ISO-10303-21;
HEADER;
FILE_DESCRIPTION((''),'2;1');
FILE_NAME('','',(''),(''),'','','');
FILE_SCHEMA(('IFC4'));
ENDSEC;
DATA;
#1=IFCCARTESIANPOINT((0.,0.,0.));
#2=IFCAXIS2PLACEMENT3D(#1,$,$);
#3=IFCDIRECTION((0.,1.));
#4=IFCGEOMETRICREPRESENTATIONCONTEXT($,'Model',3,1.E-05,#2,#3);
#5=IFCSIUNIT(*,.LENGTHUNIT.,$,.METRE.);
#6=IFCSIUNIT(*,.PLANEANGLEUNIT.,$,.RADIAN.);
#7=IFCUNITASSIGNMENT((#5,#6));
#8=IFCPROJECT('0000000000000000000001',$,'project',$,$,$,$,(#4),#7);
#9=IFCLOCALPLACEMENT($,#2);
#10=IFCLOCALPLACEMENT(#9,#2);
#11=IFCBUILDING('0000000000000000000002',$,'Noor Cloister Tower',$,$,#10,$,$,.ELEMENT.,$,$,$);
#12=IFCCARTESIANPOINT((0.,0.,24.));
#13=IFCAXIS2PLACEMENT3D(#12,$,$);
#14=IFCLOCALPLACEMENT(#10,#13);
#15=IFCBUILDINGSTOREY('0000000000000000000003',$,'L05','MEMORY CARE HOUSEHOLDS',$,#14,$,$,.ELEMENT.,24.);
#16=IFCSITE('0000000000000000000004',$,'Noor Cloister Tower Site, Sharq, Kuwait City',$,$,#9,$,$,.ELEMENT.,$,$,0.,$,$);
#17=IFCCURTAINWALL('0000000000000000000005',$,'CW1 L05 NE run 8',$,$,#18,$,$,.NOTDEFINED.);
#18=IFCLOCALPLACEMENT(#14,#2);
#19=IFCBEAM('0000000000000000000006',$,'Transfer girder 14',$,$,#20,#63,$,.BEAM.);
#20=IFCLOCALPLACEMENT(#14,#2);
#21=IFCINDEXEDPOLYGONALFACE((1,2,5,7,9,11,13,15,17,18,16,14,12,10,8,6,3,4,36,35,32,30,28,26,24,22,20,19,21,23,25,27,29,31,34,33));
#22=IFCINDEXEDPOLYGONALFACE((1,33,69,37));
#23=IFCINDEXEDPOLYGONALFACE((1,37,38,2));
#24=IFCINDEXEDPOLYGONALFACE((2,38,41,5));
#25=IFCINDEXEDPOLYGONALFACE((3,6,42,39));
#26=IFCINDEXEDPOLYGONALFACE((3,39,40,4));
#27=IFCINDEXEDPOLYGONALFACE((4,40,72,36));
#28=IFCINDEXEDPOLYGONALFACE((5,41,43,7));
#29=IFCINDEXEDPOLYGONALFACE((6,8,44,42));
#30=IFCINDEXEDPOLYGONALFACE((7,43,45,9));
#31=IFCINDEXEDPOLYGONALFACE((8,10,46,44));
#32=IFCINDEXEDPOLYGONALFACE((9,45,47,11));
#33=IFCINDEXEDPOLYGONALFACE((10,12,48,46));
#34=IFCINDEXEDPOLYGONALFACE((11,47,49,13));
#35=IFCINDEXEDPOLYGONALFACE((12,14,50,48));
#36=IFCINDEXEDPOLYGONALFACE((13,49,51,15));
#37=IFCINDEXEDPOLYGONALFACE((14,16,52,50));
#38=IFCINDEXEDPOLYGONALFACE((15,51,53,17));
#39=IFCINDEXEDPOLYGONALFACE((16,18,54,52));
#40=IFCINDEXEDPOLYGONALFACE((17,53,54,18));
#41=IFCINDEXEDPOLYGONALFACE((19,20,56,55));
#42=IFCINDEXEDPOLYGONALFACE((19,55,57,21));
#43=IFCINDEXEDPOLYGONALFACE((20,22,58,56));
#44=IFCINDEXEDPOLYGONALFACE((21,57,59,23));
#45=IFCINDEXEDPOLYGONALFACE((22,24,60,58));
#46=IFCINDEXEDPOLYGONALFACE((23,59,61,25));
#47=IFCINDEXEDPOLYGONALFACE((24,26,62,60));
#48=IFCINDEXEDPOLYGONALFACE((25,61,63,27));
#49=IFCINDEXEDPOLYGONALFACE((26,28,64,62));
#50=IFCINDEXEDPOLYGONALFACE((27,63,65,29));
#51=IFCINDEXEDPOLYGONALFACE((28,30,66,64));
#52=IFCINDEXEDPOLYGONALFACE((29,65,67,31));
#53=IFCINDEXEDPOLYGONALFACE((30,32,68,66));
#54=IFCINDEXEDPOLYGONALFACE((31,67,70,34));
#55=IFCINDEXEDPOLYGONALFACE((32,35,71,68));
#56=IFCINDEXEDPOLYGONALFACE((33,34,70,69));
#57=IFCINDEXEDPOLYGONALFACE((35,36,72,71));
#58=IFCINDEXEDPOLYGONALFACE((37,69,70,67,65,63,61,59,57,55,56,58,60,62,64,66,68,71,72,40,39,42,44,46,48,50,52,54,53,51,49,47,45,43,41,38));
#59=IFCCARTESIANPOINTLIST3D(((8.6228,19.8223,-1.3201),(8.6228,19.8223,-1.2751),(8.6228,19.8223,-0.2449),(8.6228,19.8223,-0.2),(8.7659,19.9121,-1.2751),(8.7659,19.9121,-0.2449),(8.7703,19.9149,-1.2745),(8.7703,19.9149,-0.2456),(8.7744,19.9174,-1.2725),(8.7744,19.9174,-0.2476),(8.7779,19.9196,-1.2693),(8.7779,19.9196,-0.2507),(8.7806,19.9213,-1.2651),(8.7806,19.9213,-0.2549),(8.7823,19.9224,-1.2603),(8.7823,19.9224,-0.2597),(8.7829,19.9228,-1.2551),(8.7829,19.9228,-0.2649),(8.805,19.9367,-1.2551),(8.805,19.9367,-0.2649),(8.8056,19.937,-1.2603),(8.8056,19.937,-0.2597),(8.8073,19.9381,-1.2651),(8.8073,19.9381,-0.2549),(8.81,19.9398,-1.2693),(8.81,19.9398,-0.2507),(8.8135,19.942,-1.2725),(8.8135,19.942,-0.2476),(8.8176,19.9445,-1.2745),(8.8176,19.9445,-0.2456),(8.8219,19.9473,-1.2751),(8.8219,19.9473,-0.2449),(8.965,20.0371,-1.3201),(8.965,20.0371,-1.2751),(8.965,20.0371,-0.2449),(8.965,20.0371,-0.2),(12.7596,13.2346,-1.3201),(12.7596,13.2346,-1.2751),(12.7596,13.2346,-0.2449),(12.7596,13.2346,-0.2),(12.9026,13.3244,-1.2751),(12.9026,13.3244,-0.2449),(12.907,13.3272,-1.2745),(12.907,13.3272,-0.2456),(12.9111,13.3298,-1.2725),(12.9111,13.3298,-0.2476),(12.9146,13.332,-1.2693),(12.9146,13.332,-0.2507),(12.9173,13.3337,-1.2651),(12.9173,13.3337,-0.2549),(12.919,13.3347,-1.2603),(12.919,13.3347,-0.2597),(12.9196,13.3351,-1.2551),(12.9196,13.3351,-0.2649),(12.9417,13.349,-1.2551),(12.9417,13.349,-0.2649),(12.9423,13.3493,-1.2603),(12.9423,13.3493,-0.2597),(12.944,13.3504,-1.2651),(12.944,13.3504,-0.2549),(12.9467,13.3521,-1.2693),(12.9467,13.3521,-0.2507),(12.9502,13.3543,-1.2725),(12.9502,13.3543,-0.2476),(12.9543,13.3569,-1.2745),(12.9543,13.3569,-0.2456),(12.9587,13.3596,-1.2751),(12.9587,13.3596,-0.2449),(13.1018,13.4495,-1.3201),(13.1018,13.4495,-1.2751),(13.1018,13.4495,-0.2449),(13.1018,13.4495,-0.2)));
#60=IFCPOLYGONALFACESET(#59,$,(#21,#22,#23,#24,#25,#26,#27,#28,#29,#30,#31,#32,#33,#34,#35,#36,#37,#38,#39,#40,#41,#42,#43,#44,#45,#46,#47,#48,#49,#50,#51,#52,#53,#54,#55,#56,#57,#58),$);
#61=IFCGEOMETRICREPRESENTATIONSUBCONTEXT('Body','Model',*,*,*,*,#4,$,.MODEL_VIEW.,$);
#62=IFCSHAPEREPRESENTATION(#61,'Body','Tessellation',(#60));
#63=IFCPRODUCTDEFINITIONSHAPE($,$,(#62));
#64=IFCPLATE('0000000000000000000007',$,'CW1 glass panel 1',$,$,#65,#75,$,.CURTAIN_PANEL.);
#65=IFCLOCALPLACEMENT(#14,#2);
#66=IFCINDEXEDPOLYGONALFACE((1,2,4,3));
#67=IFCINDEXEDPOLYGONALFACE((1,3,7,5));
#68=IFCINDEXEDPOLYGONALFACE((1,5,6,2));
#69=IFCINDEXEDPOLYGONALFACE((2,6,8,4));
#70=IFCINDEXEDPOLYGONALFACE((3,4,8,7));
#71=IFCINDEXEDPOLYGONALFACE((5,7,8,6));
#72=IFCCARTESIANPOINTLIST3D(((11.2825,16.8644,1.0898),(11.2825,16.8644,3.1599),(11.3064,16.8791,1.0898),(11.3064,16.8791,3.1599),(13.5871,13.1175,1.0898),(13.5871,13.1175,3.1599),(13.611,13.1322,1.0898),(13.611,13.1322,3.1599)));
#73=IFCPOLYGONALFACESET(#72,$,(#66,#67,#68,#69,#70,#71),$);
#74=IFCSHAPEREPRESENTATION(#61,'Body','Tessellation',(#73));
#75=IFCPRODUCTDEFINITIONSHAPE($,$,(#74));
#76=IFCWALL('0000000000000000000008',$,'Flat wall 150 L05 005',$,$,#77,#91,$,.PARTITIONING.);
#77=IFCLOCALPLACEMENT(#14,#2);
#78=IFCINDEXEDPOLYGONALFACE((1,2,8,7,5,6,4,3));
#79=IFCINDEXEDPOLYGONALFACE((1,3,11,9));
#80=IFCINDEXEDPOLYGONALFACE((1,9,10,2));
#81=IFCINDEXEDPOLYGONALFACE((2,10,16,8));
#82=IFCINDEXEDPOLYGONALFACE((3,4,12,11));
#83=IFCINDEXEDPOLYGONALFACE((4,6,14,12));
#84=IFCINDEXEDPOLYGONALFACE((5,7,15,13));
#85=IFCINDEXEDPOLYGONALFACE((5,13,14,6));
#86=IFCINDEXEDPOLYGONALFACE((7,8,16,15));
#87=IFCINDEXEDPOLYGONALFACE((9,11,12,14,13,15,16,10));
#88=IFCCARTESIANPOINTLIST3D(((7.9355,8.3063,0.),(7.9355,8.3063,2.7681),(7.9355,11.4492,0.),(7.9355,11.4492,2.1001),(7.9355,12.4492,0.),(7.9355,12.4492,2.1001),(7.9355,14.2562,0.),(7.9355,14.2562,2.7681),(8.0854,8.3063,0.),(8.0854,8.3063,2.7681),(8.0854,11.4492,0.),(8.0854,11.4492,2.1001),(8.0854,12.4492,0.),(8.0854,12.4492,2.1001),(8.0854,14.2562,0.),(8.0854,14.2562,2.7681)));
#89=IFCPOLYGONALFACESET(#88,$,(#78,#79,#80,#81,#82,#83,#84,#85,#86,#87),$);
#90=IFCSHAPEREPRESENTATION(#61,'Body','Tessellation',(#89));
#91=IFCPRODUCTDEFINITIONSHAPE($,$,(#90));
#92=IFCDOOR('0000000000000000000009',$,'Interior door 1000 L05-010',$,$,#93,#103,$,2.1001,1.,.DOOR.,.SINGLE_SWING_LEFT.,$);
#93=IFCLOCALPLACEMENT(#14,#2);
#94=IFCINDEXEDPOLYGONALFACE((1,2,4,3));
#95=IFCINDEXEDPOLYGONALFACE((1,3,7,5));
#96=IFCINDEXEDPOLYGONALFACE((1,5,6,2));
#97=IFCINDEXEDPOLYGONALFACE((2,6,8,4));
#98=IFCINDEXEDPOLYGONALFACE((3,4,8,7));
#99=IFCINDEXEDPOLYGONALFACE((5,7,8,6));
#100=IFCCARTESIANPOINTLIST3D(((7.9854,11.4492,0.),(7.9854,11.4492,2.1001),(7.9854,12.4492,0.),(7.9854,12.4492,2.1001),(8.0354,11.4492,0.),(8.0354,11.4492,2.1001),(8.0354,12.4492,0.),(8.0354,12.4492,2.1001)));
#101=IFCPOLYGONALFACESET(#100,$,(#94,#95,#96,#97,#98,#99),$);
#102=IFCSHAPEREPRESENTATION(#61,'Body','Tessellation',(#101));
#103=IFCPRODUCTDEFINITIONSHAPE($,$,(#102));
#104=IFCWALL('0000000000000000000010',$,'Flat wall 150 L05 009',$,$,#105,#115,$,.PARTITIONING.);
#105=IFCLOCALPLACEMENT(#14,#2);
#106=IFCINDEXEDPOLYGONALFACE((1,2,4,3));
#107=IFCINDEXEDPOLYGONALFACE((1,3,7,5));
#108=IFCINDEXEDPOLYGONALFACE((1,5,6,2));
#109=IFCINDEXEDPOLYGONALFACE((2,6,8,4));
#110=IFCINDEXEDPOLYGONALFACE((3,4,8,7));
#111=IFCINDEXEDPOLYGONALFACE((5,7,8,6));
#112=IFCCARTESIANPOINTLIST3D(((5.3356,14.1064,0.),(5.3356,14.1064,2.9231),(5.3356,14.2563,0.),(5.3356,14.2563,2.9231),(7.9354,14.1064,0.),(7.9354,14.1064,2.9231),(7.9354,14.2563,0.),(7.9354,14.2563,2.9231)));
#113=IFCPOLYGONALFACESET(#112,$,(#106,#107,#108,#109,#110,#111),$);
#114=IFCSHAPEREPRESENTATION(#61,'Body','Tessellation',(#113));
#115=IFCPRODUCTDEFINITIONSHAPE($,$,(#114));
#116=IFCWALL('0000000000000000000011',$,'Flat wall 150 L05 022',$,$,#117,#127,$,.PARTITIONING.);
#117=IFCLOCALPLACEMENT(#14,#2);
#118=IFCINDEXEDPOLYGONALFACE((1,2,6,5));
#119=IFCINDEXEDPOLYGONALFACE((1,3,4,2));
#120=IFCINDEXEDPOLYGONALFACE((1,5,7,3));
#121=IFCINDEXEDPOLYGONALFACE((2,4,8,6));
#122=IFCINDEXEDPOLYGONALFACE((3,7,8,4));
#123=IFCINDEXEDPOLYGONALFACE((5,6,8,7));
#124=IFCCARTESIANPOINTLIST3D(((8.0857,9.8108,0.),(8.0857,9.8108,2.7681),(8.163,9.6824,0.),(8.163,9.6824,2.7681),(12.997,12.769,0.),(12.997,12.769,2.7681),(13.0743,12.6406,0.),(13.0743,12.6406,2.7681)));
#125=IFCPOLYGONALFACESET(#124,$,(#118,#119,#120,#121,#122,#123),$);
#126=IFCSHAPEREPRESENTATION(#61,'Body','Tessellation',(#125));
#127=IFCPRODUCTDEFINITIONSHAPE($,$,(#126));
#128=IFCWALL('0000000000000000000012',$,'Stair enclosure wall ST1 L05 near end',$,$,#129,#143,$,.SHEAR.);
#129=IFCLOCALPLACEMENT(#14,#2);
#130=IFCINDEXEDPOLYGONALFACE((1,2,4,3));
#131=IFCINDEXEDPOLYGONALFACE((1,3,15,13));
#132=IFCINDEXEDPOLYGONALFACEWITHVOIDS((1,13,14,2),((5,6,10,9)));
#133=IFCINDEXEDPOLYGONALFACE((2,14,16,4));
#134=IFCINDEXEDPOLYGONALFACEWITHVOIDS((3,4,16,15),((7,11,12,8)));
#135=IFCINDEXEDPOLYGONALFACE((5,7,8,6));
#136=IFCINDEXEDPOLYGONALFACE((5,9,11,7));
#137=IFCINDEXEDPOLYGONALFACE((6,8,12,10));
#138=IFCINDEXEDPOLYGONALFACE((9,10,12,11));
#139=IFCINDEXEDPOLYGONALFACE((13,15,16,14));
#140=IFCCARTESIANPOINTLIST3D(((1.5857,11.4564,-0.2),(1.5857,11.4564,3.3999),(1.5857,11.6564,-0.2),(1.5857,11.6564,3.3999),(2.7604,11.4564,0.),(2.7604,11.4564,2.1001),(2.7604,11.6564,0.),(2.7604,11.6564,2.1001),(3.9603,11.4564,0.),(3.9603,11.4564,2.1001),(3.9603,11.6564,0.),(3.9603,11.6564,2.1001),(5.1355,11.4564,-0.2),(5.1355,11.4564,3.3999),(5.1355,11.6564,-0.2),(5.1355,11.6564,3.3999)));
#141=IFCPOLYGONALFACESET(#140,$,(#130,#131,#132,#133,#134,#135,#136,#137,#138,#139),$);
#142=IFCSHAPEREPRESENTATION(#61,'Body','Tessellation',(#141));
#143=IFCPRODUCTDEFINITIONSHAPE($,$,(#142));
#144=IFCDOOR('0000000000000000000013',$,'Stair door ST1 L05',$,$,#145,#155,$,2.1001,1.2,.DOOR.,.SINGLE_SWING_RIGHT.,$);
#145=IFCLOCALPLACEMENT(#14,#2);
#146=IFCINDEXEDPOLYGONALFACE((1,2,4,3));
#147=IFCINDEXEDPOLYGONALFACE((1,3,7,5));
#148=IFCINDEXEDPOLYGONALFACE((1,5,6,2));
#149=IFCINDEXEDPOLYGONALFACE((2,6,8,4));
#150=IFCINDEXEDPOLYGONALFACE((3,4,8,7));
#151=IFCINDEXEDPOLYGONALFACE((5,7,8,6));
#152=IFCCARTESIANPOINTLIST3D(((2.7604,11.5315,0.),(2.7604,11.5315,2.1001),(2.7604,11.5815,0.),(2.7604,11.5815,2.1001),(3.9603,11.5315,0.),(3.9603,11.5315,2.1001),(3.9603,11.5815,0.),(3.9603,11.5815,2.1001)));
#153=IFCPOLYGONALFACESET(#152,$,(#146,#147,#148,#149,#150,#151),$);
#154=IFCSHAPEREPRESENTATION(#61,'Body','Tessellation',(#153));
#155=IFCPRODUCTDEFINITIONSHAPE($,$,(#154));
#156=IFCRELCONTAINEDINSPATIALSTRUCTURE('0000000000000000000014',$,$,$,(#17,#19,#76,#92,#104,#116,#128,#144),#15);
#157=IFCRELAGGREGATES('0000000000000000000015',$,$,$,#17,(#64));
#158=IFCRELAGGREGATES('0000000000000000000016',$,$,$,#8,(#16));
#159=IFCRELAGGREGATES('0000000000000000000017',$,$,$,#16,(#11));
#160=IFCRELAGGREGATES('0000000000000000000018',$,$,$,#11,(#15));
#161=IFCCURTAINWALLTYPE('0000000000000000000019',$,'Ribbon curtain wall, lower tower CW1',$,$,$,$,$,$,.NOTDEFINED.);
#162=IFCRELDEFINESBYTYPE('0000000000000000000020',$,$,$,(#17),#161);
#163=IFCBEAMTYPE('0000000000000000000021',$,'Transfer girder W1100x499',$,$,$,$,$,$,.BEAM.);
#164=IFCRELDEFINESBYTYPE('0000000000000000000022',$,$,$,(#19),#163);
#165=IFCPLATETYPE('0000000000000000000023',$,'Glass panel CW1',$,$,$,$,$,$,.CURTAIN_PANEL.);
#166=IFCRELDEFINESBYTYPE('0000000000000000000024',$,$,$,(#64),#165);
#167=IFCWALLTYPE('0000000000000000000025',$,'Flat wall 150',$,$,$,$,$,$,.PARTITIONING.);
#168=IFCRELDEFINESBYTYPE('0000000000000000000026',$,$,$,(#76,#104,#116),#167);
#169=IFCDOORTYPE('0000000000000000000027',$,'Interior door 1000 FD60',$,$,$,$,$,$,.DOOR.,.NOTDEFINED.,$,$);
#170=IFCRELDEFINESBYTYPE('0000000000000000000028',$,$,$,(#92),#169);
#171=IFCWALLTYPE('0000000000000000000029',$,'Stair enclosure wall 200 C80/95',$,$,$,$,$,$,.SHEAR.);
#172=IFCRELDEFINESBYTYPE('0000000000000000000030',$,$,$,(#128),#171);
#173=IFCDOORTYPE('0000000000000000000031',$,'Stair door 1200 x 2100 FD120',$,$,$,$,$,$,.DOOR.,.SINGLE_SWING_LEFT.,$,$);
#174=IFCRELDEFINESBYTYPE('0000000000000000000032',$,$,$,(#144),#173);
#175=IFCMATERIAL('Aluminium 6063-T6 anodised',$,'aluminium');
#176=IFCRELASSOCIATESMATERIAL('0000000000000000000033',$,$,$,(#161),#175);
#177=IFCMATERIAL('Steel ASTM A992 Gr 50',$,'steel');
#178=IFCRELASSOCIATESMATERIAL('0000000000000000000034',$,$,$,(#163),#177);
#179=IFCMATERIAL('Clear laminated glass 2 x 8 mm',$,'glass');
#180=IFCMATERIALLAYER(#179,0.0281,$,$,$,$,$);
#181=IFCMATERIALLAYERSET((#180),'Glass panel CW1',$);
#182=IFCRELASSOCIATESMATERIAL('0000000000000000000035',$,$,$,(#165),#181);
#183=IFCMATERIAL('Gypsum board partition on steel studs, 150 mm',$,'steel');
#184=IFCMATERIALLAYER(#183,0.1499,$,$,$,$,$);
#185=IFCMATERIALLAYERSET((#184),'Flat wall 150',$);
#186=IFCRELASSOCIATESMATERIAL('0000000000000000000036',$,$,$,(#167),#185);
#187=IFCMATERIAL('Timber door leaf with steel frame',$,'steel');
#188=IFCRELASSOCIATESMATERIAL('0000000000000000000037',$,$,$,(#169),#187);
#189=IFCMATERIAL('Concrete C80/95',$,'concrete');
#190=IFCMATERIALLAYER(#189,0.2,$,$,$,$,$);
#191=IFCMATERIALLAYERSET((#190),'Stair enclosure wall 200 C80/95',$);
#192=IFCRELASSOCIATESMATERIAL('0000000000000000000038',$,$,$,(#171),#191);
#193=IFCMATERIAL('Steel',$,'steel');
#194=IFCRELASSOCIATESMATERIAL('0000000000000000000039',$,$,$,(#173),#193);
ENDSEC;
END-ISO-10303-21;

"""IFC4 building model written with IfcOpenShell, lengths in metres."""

from ifc_helpers import new_model, si_unit, direction, frame, frame_2d, origin, origin_2d, place, context, subcontext, project, spatial, rectangle, i_section, extrude, material, layer, layer_set, material_profile, profile_set, type_object, element, fill, aggregate, save


model = new_model("IFC4")

# Units and contexts
model_context = context("Model", 3, precision=1e-05, world=origin(), true_north=direction((0.0, 1.0)))
body_context = subcontext(model_context, "Body", "Model", "MODEL_VIEW")
ifc_project = project(units=[si_unit("LENGTHUNIT", "METRE"), si_unit("PLANEANGLEUNIT", "RADIAN")], contexts=[model_context])

# Site, building, storey
site_placement = place(None, origin())
site = spatial("IfcSite", under=ifc_project, at=site_placement, Name="Noor Cloister Tower Site, Sharq, Kuwait City", CompositionType="ELEMENT", RefElevation=0.0)
building_placement = place(site_placement, origin())
building = spatial("IfcBuilding", under=site, at=building_placement, Name="Noor Cloister Tower", CompositionType="ELEMENT")
storey_placement = place(building_placement, frame((0.0, 0.0, 24.0)))
storey = spatial("IfcBuildingStorey", under=building, at=storey_placement, Name="L05", Description="MEMORY CARE HOUSEHOLDS", CompositionType="ELEMENT", Elevation=24.0)

# Curtain wall
ifc_material_1 = material(Name="Aluminium 6063-T6 anodised", Category="aluminium")
curtain_wall_type = type_object("IfcCurtainWallType", Name="Ribbon curtain wall, lower tower CW1", PredefinedType="NOTDEFINED", material=ifc_material_1)
curtain_wall_placement = place(storey_placement, origin())
curtain_wall = element("IfcCurtainWall", 1, at=curtain_wall_placement, inside=storey, type_object=curtain_wall_type, Name="CW1 L05 NE run 8", PredefinedType="NOTDEFINED")

# Beam
ifc_material_2 = material(Name="Steel ASTM A992 Gr 50", Category="steel")
ifc_material_profile_1 = material_profile(ifc_material_2, i_section(OverallWidth=0.4041, OverallDepth=1.1201, WebThickness=0.0261, FlangeThickness=0.0449, FilletRadius=0.02, at=origin_2d()), Name="W1100x499")
ifc_profile_set_1 = profile_set([ifc_material_profile_1], Name="Steel ASTM A992 Gr 50")
beam_type_1 = type_object("IfcBeamType", Name="Transfer girder W1100x499", PredefinedType="BEAM", material=ifc_profile_set_1)
beam_1_placement = place(storey_placement, frame((12.9307, 13.342, -0.76), z_axis=(-0.531795, 0.846873, 0.0), x_axis=(-0.846873, -0.531795, 0.0)))
element("IfcBeam", 2, at=beam_1_placement, inside=storey, type_object=beam_type_1, Name="Transfer girder 14", PredefinedType="BEAM", context=body_context, shape_type="SweptSolid", body=[
    extrude(i_section(OverallWidth=0.4041, OverallDepth=1.1201, WebThickness=0.0261, FlangeThickness=0.0449, FilletRadius=0.02, at=origin_2d()), origin(), (0.0, 0.0, 1.0), 7.7788),
])

# Plate
ifc_material_3 = material(Name="Clear laminated glass 2 x 8 mm", Category="glass")
ifc_layer_1 = layer(ifc_material_3, 0.0281)
ifc_layer_set_1 = layer_set([ifc_layer_1], Name="Glass panel CW1")
plate_type = type_object("IfcPlateType", Name="Glass panel CW1", PredefinedType="CURTAIN_PANEL", material=ifc_layer_set_1)
plate_placement = place(storey_placement, frame((12.4468, 14.9983, 1.0898), z_axis=(0.0, 0.0, 1.0), x_axis=(-0.523905, 0.851776, 0.0)))
plate = element("IfcPlate", 3, at=plate_placement, type_object=plate_type, Name="CW1 glass panel 1", PredefinedType="CURTAIN_PANEL", context=body_context, shape_type="SweptSolid", body=[
    extrude(rectangle(XDim=4.3989, YDim=0.0281, at=origin_2d()), origin(), (0.0, 0.0, 1.0), 2.0701),
])
aggregate(curtain_wall, [plate])

# Wall, opening, door
ifc_material_4 = material(Name="Gypsum board partition on steel studs, 150 mm", Category="steel")
ifc_layer_2 = layer(ifc_material_4, 0.1499)
ifc_layer_set_2 = layer_set([ifc_layer_2], Name="Flat wall 150")
wall_type_1 = type_object("IfcWallType", Name="Flat wall 150", PredefinedType="PARTITIONING", material=ifc_layer_set_2)
wall_1_placement = place(storey_placement, frame((8.0105, 14.2563, 0.0), z_axis=(0.0, 0.0, 1.0), x_axis=(0.0, -1.0, 0.0)))
wall_1 = element("IfcWall", 4, at=wall_1_placement, inside=storey, type_object=wall_type_1, Name="Flat wall 150 L05 005", PredefinedType="PARTITIONING", context=body_context, shape_type="SweptSolid", body=[
    extrude(rectangle(XDim=5.95, YDim=0.1499, at=frame_2d((2.9751, 0.0))), origin(), (0.0, 0.0, 1.0), 2.7681),
])
opening_1_placement = place(wall_1_placement, frame((1.8071, 0.0, 0.0)))
opening_1 = element("IfcOpeningElement", 5, at=opening_1_placement, cuts=wall_1, PredefinedType="OPENING", context=body_context, shape_type="SweptSolid", body=[
    extrude(rectangle(XDim=1.0, YDim=2.1001, at=frame_2d((0.5, 1.05))), frame((0.0, 0.085, 0.0), z_axis=(0.0, -1.0, 0.0), x_axis=(1.0, 0.0, 0.0)), (0.0, 0.0, 1.0), 0.1699),
])
ifc_material_5 = material(Name="Timber door leaf with steel frame", Category="steel")
door_type_1 = type_object("IfcDoorType", Name="Interior door 1000 FD60", OperationType="NOTDEFINED", PredefinedType="DOOR", material=ifc_material_5)
door_1_placement = place(opening_1_placement, origin())
door_1 = element("IfcDoor", 6, at=door_1_placement, inside=storey, type_object=door_type_1, Name="Interior door 1000 L05-010", OperationType="SINGLE_SWING_LEFT", OverallHeight=2.1001, OverallWidth=1.0, PredefinedType="DOOR", context=body_context, shape_type="SweptSolid", body=[
    extrude(rectangle(XDim=1.0, YDim=2.1001, at=frame_2d((0.5, 1.05))), frame((0.0, 0.0249, 0.0), z_axis=(0.0, -1.0, 0.0), x_axis=(1.0, 0.0, 0.0)), (0.0, 0.0, 1.0), 0.05),
])
fill(opening_1, door_1)

# Walls
wall_2_placement = place(storey_placement, frame((5.3357, 14.1814, 0.0), z_axis=(0.0, 0.0, 1.0), x_axis=(1.0, 0.0, 0.0)))
element("IfcWall", 7, at=wall_2_placement, inside=storey, type_object=wall_type_1, Name="Flat wall 150 L05 009", PredefinedType="PARTITIONING", context=body_context, shape_type="SweptSolid", body=[
    extrude(rectangle(XDim=2.5999, YDim=0.1499, at=frame_2d((1.2998, 0.0))), origin(), (0.0, 0.0, 1.0), 2.9231),
])
wall_3_placement = place(storey_placement, frame((13.0356, 12.7048, 0.0), z_axis=(0.0, 0.0, 1.0), x_axis=(-0.856612, -0.51596, 0.0)))
element("IfcWall", 8, at=wall_3_placement, inside=storey, type_object=wall_type_1, Name="Flat wall 150 L05 022", PredefinedType="PARTITIONING", context=body_context, shape_type="SweptSolid", body=[
    extrude(rectangle(XDim=5.7334, YDim=0.1499, at=frame_2d((2.8667, 0.0))), origin(), (0.0, 0.0, 1.0), 2.7681),
])

# Wall, opening, door
ifc_material_6 = material(Name="Concrete C80/95", Category="concrete")
ifc_layer_3 = layer(ifc_material_6, 0.2)
ifc_layer_set_3 = layer_set([ifc_layer_3], Name="Stair enclosure wall 200 C80/95")
wall_type_2 = type_object("IfcWallType", Name="Stair enclosure wall 200 C80/95", PredefinedType="SHEAR", material=ifc_layer_set_3)
wall_4_placement = place(storey_placement, frame((5.1355, 11.5564, -0.2), z_axis=(0.0, 0.0, 1.0), x_axis=(-1.0, 0.0, 0.0)))
wall_4 = element("IfcWall", 9, at=wall_4_placement, inside=storey, type_object=wall_type_2, Name="Stair enclosure wall ST1 L05 near end", PredefinedType="SHEAR", context=body_context, shape_type="SweptSolid", body=[
    extrude(rectangle(XDim=3.5498, YDim=0.2, at=frame_2d((1.7749, 0.0))), origin(), (0.0, 0.0, 1.0), 3.5999),
])
opening_2_placement = place(wall_4_placement, frame((1.175, 0.0, 0.2)))
opening_2 = element("IfcOpeningElement", 10, at=opening_2_placement, cuts=wall_4, PredefinedType="OPENING", context=body_context, shape_type="SweptSolid", body=[
    extrude(rectangle(XDim=1.2, YDim=2.1001, at=frame_2d((0.6001, 1.05))), frame((0.0, 0.1099, 0.0), z_axis=(0.0, -1.0, 0.0), x_axis=(1.0, 0.0, 0.0)), (0.0, 0.0, 1.0), 0.22),
])
ifc_material_7 = material(Name="Steel", Category="steel")
door_type_2 = type_object("IfcDoorType", Name="Stair door 1200 x 2100 FD120", OperationType="SINGLE_SWING_LEFT", PredefinedType="DOOR", material=ifc_material_7)
door_2_placement = place(opening_2_placement, origin())
door_2 = element("IfcDoor", 11, at=door_2_placement, inside=storey, type_object=door_type_2, Name="Stair door ST1 L05", OperationType="SINGLE_SWING_RIGHT", OverallHeight=2.1001, OverallWidth=1.2, PredefinedType="DOOR", context=body_context, shape_type="SweptSolid", body=[
    extrude(rectangle(XDim=1.2, YDim=2.1001, at=frame_2d((0.6001, 1.05))), frame((0.0, 0.0249, 0.0), z_axis=(0.0, -1.0, 0.0), x_axis=(1.0, 0.0, 0.0)), (0.0, 0.0, 1.0), 0.05),
])
fill(opening_2, door_2)

save(model, "model.ifc")
